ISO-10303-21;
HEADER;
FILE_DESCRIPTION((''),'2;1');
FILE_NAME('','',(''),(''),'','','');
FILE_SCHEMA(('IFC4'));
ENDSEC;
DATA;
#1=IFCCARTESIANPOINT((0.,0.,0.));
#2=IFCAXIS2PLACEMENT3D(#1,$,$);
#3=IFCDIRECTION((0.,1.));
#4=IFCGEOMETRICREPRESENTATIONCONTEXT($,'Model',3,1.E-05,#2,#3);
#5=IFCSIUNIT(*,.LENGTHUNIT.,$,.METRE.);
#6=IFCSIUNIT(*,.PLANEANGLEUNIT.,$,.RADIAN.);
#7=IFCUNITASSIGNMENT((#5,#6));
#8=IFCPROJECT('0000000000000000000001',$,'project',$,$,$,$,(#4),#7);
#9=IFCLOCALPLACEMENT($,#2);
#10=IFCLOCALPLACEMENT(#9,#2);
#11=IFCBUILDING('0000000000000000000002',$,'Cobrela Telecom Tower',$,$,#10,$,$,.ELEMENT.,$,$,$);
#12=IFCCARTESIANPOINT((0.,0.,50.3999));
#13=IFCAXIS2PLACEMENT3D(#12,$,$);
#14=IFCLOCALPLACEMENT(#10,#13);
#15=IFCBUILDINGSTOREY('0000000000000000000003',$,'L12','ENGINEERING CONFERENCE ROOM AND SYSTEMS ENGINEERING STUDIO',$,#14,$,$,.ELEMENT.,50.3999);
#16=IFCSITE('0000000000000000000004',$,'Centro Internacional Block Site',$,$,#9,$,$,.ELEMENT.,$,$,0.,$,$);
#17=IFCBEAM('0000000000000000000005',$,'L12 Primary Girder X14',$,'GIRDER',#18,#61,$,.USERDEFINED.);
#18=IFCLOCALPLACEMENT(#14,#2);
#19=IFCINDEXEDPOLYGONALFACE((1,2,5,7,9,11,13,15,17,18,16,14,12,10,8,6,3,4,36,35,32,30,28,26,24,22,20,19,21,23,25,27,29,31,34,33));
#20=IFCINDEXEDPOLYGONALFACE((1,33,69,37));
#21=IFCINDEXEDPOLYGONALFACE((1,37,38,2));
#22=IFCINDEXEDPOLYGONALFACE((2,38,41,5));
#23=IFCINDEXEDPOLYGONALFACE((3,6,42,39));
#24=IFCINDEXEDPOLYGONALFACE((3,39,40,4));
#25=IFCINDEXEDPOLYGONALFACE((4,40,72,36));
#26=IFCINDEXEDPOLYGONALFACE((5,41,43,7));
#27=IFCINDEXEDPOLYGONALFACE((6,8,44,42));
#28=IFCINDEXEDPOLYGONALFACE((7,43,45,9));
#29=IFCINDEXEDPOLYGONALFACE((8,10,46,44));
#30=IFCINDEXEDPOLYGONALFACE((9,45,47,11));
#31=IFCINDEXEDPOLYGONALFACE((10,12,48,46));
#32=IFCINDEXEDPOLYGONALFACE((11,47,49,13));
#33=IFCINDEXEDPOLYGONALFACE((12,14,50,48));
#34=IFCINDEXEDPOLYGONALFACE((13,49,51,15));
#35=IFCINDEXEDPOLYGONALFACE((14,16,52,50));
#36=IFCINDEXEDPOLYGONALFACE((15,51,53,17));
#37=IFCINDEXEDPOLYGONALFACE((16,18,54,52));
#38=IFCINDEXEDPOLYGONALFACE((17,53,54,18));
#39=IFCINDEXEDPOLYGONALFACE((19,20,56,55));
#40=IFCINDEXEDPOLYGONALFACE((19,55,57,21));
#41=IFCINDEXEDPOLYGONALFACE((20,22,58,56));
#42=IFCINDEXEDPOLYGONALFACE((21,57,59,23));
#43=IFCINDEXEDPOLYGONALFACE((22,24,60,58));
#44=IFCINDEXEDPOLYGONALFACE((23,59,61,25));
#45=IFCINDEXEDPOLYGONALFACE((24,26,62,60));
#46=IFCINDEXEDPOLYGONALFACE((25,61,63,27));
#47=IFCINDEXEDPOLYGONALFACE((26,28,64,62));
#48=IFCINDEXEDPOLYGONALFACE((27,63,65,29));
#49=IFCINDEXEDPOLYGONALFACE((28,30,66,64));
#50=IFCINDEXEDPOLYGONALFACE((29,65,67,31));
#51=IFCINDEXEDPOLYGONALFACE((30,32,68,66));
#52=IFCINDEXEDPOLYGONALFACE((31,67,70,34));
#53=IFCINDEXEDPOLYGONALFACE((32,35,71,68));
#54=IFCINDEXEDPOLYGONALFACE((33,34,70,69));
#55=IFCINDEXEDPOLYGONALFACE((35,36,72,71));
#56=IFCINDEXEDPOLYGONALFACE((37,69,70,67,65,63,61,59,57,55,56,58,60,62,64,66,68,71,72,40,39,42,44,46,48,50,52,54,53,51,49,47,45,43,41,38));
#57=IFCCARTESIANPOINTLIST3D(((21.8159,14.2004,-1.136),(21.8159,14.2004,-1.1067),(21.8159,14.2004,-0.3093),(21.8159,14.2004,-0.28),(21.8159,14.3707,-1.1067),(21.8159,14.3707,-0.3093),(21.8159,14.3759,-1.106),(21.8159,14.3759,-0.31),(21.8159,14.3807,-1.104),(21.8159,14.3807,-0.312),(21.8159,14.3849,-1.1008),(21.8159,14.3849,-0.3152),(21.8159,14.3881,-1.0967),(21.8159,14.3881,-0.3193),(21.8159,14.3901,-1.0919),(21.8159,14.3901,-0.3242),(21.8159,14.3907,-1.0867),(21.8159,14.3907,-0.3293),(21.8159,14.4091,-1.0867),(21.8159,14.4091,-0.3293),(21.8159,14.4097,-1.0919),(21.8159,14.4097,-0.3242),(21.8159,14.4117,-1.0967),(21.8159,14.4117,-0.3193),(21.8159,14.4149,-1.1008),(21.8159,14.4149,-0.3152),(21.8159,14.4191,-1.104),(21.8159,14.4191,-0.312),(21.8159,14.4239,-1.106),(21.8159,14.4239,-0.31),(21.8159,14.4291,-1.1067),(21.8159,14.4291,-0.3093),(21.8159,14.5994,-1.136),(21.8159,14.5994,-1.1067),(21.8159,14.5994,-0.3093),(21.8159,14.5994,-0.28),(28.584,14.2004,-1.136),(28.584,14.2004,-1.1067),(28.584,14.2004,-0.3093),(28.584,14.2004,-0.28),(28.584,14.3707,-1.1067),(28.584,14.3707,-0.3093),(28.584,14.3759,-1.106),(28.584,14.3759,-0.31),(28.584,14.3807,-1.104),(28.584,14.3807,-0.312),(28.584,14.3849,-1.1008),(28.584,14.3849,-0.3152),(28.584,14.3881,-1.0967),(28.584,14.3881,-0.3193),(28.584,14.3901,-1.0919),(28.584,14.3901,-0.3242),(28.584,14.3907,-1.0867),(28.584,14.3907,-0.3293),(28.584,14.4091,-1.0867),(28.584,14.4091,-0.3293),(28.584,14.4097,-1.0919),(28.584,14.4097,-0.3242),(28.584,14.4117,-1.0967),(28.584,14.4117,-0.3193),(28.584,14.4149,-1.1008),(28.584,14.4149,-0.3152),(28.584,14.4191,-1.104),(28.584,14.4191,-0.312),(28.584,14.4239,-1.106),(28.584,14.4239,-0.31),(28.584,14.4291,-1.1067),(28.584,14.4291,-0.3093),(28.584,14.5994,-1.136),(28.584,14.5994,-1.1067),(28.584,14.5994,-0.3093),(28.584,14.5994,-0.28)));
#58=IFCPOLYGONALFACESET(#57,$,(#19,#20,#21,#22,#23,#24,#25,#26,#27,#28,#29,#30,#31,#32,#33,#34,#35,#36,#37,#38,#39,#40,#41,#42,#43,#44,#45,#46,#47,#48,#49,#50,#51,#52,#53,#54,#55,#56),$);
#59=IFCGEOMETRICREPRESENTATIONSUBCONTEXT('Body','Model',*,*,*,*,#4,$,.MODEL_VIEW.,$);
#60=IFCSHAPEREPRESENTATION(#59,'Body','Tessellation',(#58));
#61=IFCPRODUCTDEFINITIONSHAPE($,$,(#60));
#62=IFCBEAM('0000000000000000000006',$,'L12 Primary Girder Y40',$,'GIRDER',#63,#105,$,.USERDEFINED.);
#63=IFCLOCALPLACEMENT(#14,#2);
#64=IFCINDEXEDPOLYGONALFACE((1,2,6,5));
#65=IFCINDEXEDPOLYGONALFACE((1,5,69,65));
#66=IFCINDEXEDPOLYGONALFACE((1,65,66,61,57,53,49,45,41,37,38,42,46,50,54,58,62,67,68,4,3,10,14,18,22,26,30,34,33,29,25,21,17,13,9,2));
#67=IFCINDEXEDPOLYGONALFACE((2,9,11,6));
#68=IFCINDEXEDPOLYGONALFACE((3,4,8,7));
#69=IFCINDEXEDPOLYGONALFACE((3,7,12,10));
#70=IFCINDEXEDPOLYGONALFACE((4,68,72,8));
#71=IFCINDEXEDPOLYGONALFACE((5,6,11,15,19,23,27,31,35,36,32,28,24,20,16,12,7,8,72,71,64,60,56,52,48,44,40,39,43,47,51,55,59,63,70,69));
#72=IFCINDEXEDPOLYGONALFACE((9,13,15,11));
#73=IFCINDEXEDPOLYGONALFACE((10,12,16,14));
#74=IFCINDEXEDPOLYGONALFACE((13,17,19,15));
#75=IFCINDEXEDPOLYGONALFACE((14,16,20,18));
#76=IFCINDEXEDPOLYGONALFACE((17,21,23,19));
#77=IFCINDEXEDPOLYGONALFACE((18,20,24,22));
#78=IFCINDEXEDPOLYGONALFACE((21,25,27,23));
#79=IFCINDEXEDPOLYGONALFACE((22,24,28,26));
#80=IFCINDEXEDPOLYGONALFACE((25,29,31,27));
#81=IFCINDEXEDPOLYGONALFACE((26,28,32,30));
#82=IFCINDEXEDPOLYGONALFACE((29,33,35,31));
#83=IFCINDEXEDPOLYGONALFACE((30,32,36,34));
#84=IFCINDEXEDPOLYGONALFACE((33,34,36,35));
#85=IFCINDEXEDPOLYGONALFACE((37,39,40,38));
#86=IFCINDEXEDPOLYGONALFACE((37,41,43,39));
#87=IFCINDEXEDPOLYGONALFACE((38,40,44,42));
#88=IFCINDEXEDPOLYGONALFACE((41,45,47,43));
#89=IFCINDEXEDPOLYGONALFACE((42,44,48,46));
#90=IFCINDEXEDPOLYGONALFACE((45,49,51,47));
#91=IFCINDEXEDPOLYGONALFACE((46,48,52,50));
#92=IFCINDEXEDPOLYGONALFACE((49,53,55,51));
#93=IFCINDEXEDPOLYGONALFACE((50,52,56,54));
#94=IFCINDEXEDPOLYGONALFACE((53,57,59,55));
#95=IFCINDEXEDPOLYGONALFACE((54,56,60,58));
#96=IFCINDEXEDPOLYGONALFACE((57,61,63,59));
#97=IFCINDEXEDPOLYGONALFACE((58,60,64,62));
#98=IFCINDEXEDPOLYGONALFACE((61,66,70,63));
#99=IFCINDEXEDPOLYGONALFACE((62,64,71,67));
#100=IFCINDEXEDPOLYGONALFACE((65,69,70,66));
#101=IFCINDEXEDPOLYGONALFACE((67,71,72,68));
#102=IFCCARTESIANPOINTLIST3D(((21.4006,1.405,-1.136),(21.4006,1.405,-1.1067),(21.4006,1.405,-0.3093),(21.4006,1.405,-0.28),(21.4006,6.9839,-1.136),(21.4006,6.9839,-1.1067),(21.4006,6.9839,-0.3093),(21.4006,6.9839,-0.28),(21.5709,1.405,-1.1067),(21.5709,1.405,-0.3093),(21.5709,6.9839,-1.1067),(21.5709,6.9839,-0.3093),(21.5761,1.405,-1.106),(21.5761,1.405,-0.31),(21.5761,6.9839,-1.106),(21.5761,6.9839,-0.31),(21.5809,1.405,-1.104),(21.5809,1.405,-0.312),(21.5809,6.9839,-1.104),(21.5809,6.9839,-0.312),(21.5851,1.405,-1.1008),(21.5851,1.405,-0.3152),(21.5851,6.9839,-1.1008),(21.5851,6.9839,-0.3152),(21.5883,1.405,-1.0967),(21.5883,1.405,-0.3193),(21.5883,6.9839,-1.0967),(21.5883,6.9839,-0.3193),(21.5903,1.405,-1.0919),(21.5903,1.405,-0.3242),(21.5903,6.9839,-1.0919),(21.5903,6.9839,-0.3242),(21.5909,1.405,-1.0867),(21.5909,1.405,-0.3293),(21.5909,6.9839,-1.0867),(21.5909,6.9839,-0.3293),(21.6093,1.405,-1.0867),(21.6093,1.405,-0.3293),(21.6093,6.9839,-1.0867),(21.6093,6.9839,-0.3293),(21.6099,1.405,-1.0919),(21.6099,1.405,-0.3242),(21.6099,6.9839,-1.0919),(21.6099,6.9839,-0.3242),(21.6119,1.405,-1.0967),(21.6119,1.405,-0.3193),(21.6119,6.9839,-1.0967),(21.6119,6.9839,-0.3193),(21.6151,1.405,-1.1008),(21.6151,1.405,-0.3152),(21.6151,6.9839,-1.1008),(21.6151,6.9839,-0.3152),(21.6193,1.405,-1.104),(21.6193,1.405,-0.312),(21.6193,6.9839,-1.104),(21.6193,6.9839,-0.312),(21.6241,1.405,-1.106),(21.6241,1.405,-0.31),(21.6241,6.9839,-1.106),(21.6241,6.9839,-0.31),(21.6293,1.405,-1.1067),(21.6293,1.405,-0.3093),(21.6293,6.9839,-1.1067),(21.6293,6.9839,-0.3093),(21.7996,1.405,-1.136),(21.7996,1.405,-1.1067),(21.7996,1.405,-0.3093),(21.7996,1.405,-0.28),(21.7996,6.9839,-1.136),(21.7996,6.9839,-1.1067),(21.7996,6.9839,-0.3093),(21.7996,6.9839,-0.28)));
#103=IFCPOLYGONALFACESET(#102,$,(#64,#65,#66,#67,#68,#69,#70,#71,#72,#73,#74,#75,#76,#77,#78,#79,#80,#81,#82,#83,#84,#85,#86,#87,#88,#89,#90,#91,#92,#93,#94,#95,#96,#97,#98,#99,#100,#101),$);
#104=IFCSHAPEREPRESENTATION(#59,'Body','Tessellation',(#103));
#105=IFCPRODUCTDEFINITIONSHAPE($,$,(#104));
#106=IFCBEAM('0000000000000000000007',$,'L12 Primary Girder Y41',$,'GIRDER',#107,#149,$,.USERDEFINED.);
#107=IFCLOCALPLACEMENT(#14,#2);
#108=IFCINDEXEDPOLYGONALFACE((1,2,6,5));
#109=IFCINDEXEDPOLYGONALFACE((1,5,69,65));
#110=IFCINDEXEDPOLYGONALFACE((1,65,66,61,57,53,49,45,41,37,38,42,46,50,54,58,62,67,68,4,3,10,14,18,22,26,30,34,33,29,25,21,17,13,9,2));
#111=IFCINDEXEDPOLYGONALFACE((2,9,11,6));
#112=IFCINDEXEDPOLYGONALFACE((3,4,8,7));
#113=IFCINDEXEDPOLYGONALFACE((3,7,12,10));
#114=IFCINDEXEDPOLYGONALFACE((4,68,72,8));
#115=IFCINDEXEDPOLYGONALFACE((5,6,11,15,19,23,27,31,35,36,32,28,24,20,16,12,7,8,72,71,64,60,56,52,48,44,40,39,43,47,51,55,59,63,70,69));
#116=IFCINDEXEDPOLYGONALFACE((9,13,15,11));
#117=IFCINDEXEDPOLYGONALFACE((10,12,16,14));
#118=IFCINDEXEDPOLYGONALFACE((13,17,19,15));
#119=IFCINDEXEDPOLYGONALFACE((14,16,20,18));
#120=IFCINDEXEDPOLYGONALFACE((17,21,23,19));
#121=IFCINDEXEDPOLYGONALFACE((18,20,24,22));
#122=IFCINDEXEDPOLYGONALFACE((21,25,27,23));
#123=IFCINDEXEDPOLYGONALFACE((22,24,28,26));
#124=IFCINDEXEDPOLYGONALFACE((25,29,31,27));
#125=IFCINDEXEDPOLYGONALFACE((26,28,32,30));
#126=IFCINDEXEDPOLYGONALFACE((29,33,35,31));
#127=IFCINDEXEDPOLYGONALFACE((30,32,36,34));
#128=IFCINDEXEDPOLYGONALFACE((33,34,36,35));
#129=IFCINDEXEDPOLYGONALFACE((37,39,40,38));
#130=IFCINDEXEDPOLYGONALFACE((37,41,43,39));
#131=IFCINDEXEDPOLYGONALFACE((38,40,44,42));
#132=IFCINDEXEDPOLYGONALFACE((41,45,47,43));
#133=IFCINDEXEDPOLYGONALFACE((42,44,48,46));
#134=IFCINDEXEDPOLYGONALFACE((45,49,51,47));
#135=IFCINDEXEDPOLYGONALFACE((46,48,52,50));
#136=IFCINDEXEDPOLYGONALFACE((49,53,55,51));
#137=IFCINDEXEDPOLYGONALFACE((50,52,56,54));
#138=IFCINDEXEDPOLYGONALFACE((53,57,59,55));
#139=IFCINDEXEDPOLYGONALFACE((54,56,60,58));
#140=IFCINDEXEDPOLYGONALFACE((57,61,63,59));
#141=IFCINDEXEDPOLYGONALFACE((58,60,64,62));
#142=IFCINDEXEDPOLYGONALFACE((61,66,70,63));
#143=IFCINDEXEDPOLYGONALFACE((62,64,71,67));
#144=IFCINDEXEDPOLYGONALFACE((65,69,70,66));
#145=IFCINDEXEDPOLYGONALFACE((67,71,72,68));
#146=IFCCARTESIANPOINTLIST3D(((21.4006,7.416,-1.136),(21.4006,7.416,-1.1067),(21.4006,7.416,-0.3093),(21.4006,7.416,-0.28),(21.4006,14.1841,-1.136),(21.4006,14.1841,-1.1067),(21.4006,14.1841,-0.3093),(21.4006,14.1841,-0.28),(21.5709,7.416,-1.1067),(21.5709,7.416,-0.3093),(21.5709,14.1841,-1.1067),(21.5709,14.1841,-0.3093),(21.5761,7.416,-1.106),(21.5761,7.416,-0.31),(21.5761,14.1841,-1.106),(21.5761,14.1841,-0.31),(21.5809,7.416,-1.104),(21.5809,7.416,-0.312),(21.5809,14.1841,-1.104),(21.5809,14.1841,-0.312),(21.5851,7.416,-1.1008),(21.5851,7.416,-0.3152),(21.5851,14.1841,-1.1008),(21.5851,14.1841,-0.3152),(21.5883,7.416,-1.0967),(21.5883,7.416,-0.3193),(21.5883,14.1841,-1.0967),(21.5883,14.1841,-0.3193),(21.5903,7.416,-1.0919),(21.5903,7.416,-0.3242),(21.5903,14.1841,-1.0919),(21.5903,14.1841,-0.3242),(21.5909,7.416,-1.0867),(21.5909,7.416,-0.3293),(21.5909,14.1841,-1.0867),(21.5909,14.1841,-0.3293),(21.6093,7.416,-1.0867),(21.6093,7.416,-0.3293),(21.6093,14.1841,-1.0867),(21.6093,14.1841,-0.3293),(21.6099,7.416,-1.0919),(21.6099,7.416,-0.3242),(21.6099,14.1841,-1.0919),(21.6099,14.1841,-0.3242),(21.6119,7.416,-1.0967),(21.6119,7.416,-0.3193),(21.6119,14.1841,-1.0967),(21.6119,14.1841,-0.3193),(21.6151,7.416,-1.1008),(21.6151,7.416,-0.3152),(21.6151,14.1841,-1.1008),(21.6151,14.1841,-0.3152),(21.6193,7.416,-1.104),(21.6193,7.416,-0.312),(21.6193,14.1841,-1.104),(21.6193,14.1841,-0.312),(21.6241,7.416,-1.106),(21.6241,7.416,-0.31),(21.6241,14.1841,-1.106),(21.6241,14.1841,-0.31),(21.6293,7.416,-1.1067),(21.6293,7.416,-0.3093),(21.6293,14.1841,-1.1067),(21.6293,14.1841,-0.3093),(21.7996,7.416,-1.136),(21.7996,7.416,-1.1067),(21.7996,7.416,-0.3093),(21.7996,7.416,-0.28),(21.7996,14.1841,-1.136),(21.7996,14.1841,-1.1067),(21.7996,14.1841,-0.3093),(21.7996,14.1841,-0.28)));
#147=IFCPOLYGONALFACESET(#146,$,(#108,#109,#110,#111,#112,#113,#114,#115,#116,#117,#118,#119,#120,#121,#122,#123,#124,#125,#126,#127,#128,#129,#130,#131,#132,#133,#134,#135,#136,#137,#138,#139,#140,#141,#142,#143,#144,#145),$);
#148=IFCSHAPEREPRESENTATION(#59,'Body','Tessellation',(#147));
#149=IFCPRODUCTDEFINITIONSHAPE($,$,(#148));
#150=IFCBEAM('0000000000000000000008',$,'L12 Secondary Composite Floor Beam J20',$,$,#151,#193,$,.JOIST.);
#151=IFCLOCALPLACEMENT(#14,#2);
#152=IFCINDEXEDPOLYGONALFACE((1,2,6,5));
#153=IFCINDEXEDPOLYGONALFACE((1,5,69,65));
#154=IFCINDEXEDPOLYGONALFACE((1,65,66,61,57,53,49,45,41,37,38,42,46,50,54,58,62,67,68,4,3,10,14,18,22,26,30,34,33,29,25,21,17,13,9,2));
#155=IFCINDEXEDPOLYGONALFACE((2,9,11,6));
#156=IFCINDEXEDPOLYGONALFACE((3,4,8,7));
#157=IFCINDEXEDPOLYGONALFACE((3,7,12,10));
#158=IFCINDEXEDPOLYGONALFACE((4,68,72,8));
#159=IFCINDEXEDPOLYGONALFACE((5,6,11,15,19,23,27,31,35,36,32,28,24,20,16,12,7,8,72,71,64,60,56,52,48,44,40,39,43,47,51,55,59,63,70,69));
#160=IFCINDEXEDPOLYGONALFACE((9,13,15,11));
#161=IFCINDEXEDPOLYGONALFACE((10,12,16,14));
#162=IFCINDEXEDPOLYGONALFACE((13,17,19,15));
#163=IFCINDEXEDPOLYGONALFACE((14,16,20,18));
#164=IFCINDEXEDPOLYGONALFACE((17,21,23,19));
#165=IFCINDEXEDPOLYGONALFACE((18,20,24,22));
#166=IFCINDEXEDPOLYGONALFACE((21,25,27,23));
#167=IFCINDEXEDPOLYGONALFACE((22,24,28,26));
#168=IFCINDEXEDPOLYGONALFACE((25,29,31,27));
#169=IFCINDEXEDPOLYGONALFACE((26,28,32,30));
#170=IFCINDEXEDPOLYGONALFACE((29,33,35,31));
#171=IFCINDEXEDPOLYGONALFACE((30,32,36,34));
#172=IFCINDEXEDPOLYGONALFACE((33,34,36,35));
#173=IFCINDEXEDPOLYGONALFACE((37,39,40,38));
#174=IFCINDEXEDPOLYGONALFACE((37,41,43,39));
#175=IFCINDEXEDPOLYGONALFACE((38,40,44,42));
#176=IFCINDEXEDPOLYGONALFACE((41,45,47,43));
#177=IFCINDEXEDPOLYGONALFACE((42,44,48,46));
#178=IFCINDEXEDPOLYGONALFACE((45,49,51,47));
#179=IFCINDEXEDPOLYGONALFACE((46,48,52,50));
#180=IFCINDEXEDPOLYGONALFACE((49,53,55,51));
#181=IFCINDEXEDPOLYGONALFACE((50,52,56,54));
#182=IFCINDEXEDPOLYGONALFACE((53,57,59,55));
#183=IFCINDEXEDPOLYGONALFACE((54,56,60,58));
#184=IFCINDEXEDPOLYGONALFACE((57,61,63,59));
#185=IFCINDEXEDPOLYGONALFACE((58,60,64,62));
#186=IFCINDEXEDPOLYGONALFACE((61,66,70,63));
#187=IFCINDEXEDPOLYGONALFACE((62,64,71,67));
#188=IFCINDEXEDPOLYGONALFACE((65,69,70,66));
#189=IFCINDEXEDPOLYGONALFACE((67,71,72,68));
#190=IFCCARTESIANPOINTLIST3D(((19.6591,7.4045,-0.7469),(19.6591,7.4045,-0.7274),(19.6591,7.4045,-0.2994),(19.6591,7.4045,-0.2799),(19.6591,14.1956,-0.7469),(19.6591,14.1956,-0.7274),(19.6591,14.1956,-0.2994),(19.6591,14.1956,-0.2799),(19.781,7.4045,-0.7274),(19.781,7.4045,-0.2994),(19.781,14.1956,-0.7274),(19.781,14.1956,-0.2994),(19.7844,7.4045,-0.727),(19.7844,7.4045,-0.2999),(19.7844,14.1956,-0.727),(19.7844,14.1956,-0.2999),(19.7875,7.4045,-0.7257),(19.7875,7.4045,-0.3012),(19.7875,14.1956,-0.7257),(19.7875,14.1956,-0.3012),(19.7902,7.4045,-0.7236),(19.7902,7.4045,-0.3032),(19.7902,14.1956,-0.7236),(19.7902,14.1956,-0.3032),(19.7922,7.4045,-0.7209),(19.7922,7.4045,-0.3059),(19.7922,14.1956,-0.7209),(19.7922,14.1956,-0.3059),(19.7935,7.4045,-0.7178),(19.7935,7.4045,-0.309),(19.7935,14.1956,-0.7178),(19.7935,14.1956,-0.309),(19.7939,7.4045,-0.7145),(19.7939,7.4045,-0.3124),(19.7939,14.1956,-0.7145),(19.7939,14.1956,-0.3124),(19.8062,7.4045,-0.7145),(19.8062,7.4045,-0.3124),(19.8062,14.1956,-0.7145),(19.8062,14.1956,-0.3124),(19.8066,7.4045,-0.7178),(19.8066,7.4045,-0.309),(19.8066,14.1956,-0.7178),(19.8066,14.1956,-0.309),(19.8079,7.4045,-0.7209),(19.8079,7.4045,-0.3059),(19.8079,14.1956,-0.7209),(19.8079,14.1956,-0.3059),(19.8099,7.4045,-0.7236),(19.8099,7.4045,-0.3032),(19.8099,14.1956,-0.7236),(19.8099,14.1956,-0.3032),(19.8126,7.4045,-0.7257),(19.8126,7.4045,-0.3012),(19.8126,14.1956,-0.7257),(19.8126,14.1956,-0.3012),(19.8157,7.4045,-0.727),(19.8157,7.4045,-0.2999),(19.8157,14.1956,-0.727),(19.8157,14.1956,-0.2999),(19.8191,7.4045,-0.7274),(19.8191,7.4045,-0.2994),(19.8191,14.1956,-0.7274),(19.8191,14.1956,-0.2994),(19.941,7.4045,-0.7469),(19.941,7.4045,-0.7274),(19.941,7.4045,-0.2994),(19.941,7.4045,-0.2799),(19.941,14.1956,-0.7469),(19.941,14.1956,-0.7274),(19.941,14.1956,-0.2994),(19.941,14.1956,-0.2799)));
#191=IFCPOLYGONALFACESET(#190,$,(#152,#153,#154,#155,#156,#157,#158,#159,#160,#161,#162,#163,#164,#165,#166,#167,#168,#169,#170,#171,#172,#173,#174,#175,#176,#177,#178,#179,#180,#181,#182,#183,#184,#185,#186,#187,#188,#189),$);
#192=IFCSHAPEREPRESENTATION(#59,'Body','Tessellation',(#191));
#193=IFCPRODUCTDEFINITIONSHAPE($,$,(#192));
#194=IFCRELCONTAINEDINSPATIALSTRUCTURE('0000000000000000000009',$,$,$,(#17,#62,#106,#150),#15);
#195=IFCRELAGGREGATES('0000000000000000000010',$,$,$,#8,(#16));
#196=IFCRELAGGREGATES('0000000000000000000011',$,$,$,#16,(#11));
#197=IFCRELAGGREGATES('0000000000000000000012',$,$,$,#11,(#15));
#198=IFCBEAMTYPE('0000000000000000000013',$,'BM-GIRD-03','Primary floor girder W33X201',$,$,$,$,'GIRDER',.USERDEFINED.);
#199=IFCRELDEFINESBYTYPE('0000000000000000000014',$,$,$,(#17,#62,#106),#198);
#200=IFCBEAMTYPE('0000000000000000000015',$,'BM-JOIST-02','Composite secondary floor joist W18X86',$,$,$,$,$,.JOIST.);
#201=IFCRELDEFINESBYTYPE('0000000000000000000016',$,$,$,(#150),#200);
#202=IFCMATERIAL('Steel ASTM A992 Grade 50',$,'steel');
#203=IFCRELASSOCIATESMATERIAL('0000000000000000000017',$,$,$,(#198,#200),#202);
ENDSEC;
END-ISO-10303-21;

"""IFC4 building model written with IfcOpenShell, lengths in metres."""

from ifc_helpers import new_model, si_unit, direction, frame, origin, origin_2d, place, context, subcontext, project, spatial, i_section, extrude, material, material_profile, profile_set, type_object, element, save


model = new_model("IFC4")

# Units and contexts
model_context = context("Model", 3, precision=1e-05, world=origin(), true_north=direction((0.0, 1.0)))
body_context = subcontext(model_context, "Body", "Model", "MODEL_VIEW")
ifc_project = project(units=[si_unit("LENGTHUNIT", "METRE"), si_unit("PLANEANGLEUNIT", "RADIAN")], contexts=[model_context])

# Site, building, storey
site_placement = place(None, origin())
site = spatial("IfcSite", under=ifc_project, at=site_placement, Name="Centro Internacional Block Site", CompositionType="ELEMENT", RefElevation=0.0)
building_placement = place(site_placement, origin())
building = spatial("IfcBuilding", under=site, at=building_placement, Name="Cobrela Telecom Tower", CompositionType="ELEMENT")
storey_placement = place(building_placement, frame((0.0, 0.0, 50.3999)))
storey = spatial("IfcBuildingStorey", under=building, at=storey_placement, Name="L12", Description="ENGINEERING CONFERENCE ROOM AND SYSTEMS ENGINEERING STUDIO", CompositionType="ELEMENT", Elevation=50.3999)

# Shared definitions
ifc_material_1 = material(Name="Steel ASTM A992 Grade 50", Category="steel")

# Beams
ifc_material_profile_1 = material_profile(ifc_material_1, i_section(OverallWidth=0.3989, OverallDepth=0.856, WebThickness=0.0183, FlangeThickness=0.0293, FilletRadius=0.02, at=origin_2d()), Name="W33X201")
ifc_profile_set_1 = profile_set([ifc_material_profile_1], Name="Steel ASTM A992 Grade 50")
beam_type_1 = type_object("IfcBeamType", Name="BM-GIRD-03", Description="Primary floor girder W33X201", ElementType="GIRDER", PredefinedType="USERDEFINED", material=ifc_profile_set_1)
for number, where, z_axis, x_axis, name in (
    (1, (21.8159, 14.3999, -0.708), (1.0, 0.0, 0.0), (0.0, 1.0, 0.0), "L12 Primary Girder X14"),
):
    element("IfcBeam", number, at=place(storey_placement, frame(where, z_axis=z_axis, x_axis=x_axis)), inside=storey, type_object=beam_type_1, Name=name, ObjectType="GIRDER", PredefinedType="USERDEFINED", context=body_context, shape_type="SweptSolid", body=[
        extrude(i_section(OverallWidth=0.3989, OverallDepth=0.856, WebThickness=0.0183, FlangeThickness=0.0293, FilletRadius=0.02, at=origin_2d()), origin(), (0.0, 0.0, 1.0), 6.7681),
    ])
beam_1_placement = place(storey_placement, frame((21.6001, 1.405, -0.708), z_axis=(0.0, 1.0, 0.0), x_axis=(-1.0, 0.0, 0.0)))
element("IfcBeam", 2, at=beam_1_placement, inside=storey, type_object=beam_type_1, Name="L12 Primary Girder Y40", ObjectType="GIRDER", PredefinedType="USERDEFINED", context=body_context, shape_type="SweptSolid", body=[
    extrude(i_section(OverallWidth=0.3989, OverallDepth=0.856, WebThickness=0.0183, FlangeThickness=0.0293, FilletRadius=0.02, at=origin_2d()), origin(), (0.0, 0.0, 1.0), 5.5789),
])
beam_2_placement = place(storey_placement, frame((21.6001, 7.416, -0.708), z_axis=(0.0, 1.0, 0.0), x_axis=(-1.0, 0.0, 0.0)))
element("IfcBeam", 3, at=beam_2_placement, inside=storey, type_object=beam_type_1, Name="L12 Primary Girder Y41", ObjectType="GIRDER", PredefinedType="USERDEFINED", context=body_context, shape_type="SweptSolid", body=[
    extrude(i_section(OverallWidth=0.3989, OverallDepth=0.856, WebThickness=0.0183, FlangeThickness=0.0293, FilletRadius=0.02, at=origin_2d()), origin(), (0.0, 0.0, 1.0), 6.7681),
])
ifc_material_profile_2 = material_profile(ifc_material_1, i_section(OverallWidth=0.282, OverallDepth=0.467, WebThickness=0.0122, FlangeThickness=0.0195, FilletRadius=0.0129, at=origin_2d()), Name="W18X86")
ifc_profile_set_2 = profile_set([ifc_material_profile_2], Name="Steel ASTM A992 Grade 50")
beam_type_2 = type_object("IfcBeamType", Name="BM-JOIST-02", Description="Composite secondary floor joist W18X86", PredefinedType="JOIST", material=ifc_profile_set_2)
for number, where, z_axis, x_axis, name in (
    (4, (19.8, 7.4045, -0.5134), (0.0, 1.0, 0.0), (-1.0, 0.0, 0.0), "L12 Secondary Composite Floor Beam J20"),
):
    element("IfcBeam", number, at=place(storey_placement, frame(where, z_axis=z_axis, x_axis=x_axis)), inside=storey, type_object=beam_type_2, Name=name, PredefinedType="JOIST", context=body_context, shape_type="SweptSolid", body=[
        extrude(i_section(OverallWidth=0.282, OverallDepth=0.467, WebThickness=0.0122, FlangeThickness=0.0195, FilletRadius=0.0129, at=origin_2d()), origin(), (0.0, 0.0, 1.0), 6.791),
    ])

save(model, "model.ifc")
